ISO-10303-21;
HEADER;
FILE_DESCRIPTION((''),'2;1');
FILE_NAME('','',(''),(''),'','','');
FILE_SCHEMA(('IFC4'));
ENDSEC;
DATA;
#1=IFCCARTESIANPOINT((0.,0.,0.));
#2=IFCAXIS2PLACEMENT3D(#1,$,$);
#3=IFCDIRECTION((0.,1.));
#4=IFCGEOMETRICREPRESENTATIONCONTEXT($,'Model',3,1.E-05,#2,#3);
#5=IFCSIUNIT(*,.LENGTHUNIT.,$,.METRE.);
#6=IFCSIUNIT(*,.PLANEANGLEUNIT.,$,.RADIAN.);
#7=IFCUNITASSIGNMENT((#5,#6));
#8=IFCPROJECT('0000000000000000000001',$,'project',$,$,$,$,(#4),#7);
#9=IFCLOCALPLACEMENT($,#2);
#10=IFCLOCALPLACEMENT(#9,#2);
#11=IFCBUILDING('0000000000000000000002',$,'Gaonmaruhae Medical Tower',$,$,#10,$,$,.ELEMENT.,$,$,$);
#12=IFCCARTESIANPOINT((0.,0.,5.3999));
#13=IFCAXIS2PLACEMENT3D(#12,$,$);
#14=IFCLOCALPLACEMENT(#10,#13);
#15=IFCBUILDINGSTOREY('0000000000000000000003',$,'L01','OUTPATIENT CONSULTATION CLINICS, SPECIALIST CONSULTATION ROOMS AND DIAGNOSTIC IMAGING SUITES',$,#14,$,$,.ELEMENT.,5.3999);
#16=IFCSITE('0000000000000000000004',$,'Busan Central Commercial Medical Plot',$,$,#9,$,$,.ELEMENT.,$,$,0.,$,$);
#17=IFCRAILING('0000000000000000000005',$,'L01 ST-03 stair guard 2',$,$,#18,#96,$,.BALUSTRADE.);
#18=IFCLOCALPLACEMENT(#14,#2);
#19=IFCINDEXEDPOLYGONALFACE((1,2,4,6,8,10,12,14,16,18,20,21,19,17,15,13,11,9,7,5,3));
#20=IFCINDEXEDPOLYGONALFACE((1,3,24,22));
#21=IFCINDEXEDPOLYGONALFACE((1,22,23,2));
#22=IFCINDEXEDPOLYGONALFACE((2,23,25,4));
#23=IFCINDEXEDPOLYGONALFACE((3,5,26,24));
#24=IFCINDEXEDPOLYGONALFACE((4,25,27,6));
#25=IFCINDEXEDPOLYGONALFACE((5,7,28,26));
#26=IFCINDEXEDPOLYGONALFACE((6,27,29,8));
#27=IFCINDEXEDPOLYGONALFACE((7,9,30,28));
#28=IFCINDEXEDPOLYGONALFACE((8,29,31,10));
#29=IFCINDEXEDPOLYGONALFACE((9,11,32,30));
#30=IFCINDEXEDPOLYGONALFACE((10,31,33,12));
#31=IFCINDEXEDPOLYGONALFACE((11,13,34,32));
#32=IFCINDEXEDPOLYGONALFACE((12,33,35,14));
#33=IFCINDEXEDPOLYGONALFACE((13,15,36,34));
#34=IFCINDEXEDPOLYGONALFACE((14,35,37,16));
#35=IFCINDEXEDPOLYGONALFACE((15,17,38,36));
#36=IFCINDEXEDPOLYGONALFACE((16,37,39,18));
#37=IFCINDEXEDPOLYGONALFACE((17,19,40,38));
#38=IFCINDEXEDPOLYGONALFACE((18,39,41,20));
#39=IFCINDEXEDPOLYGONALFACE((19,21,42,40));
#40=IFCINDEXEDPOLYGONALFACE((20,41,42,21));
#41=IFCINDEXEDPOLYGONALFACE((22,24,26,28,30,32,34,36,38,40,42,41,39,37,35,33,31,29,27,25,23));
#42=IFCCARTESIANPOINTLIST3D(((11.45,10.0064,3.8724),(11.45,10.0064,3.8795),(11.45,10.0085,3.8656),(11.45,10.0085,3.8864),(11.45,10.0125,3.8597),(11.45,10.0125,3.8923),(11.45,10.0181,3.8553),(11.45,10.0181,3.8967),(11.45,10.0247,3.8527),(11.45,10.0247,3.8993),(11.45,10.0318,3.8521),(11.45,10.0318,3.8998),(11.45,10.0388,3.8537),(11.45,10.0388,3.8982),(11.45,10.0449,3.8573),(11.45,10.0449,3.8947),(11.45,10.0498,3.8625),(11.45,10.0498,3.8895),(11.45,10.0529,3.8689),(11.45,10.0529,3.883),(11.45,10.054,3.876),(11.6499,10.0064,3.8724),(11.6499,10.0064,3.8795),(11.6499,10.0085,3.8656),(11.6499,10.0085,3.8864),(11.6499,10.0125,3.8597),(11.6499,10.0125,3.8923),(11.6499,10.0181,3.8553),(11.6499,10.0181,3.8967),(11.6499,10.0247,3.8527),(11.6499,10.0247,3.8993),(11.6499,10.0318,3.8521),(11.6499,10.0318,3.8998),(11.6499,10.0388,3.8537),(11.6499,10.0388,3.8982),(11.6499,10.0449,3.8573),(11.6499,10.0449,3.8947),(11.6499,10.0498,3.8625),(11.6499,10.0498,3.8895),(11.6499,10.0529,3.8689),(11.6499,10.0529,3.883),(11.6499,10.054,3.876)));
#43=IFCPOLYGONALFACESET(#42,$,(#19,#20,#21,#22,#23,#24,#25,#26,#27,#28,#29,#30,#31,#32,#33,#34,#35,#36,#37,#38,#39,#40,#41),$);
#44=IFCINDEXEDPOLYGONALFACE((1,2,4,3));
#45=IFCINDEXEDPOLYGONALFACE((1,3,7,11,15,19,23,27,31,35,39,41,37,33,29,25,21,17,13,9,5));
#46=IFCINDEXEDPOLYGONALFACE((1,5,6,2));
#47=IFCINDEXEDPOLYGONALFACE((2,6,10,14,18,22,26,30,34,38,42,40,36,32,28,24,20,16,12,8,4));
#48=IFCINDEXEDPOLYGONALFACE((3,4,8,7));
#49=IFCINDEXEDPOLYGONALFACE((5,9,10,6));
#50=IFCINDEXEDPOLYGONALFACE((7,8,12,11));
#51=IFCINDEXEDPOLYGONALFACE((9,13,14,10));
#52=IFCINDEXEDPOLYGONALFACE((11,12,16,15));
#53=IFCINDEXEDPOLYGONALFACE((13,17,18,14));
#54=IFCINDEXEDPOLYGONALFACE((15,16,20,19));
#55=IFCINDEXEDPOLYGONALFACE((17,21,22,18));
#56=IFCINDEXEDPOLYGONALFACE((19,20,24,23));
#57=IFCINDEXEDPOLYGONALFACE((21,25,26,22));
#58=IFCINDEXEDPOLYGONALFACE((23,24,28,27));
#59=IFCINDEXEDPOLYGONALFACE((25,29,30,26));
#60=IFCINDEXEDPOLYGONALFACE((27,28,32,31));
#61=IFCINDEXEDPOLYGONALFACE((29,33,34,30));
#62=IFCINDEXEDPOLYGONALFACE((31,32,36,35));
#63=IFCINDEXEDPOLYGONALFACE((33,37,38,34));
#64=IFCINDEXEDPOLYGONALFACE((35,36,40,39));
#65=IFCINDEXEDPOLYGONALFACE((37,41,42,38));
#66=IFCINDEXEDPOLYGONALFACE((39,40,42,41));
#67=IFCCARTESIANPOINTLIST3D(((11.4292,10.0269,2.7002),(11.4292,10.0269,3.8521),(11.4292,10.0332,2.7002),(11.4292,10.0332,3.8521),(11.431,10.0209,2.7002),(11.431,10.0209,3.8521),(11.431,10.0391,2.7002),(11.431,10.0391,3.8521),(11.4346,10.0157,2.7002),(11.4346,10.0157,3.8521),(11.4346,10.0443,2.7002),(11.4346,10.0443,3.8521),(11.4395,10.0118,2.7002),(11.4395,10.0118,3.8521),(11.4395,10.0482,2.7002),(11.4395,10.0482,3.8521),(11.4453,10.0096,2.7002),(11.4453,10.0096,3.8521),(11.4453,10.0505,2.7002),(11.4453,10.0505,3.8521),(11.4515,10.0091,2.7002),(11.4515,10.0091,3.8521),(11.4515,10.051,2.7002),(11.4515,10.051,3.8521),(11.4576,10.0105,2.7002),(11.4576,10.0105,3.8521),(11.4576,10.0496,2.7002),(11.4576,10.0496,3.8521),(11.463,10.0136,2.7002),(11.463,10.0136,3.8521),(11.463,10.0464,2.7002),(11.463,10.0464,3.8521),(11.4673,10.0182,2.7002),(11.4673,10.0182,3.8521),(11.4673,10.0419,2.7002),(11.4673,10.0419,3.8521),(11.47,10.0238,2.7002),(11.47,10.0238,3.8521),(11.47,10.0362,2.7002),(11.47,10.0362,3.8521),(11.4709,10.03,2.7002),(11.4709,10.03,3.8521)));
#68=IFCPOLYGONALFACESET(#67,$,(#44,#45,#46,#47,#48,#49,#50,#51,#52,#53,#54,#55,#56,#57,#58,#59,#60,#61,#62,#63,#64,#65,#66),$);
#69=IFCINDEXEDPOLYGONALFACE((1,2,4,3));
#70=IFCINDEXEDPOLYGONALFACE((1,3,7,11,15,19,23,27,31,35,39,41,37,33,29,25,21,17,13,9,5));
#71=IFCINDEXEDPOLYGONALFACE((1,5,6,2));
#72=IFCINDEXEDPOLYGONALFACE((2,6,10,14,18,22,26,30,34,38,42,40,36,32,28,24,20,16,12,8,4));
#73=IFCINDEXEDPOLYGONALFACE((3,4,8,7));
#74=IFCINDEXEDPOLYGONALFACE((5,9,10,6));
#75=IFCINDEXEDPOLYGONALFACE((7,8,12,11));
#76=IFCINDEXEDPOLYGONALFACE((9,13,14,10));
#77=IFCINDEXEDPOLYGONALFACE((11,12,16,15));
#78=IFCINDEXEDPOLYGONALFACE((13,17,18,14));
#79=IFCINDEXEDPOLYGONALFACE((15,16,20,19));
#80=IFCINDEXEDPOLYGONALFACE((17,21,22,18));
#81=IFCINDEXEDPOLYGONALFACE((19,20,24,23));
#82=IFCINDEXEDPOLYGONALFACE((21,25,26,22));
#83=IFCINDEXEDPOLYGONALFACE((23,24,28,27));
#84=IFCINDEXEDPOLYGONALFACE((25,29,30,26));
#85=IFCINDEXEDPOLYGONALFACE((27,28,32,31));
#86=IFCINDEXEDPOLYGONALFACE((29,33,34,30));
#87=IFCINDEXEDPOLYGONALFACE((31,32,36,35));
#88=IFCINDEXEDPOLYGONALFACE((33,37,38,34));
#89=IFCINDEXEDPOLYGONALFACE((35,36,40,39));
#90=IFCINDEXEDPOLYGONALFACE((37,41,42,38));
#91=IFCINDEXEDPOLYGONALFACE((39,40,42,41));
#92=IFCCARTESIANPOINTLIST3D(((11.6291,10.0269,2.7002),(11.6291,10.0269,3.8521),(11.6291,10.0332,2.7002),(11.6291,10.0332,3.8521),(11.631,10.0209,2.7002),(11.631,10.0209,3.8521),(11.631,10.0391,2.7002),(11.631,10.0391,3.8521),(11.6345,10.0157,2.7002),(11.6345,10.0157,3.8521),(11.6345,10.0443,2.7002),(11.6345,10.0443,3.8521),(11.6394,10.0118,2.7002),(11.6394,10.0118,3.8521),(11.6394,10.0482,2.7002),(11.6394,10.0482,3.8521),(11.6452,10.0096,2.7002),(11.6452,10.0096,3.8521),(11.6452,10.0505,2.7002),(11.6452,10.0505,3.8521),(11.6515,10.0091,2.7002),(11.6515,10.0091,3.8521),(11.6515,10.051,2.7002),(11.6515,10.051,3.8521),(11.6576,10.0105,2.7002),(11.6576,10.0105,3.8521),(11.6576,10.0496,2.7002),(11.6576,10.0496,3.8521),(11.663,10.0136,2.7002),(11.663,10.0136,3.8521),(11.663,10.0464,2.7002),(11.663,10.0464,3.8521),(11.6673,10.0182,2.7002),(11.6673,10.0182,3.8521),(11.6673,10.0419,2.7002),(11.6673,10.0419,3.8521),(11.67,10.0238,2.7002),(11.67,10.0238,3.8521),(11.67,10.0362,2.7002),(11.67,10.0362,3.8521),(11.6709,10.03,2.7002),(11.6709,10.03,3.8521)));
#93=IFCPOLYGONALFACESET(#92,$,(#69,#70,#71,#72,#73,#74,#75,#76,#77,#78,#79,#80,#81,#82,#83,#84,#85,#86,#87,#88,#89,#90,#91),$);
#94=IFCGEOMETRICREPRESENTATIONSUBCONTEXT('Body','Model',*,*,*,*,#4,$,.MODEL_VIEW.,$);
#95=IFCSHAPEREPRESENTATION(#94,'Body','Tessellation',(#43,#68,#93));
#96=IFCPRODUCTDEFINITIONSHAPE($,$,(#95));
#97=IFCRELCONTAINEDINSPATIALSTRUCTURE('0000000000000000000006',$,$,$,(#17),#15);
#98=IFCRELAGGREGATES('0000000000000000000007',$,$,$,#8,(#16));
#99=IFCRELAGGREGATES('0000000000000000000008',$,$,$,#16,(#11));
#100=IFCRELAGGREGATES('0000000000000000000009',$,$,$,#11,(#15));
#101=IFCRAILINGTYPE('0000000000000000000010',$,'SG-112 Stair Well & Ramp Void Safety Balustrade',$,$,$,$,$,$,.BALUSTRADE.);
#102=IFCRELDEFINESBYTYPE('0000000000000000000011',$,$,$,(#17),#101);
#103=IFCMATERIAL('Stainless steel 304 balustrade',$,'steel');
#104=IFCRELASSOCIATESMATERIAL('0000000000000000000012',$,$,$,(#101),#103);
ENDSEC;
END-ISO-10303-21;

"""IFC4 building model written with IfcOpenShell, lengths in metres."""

from ifc_helpers import new_model, si_unit, direction, frame, origin, origin_2d, place, context, subcontext, project, spatial, circle, extrude, material, type_object, element, save


model = new_model("IFC4")

# Units and contexts
model_context = context("Model", 3, precision=1e-05, world=origin(), true_north=direction((0.0, 1.0)))
body_context = subcontext(model_context, "Body", "Model", "MODEL_VIEW")
ifc_project = project(units=[si_unit("LENGTHUNIT", "METRE"), si_unit("PLANEANGLEUNIT", "RADIAN")], contexts=[model_context])

# Site, building, storey
site_placement = place(None, origin())
site = spatial("IfcSite", under=ifc_project, at=site_placement, Name="Busan Central Commercial Medical Plot", CompositionType="ELEMENT", RefElevation=0.0)
building_placement = place(site_placement, origin())
building = spatial("IfcBuilding", under=site, at=building_placement, Name="Gaonmaruhae Medical Tower", CompositionType="ELEMENT")
storey_placement = place(building_placement, frame((0.0, 0.0, 5.3999)))
storey = spatial("IfcBuildingStorey", under=building, at=storey_placement, Name="L01", Description="OUTPATIENT CONSULTATION CLINICS, SPECIALIST CONSULTATION ROOMS AND DIAGNOSTIC IMAGING SUITES", CompositionType="ELEMENT", Elevation=5.3999)

# Railing
ifc_material_1 = material(Name="Stainless steel 304 balustrade", Category="steel")
railing_type_1 = type_object("IfcRailingType", Name="SG-112 Stair Well & Ramp Void Safety Balustrade", PredefinedType="BALUSTRADE", material=ifc_material_1)
railing_1_placement = place(storey_placement, frame((11.45, 10.03, 2.7002)))
element("IfcRailing", 1, at=railing_1_placement, inside=storey, type_object=railing_type_1, Name="L01 ST-03 stair guard 2", PredefinedType="BALUSTRADE", context=body_context, shape_type="SweptSolid", body=[
    extrude(circle(Radius=0.0239, at=origin_2d()), frame((0.0, 0.0, 1.1758), z_axis=(1.0, 0.0, 0.0), x_axis=(0.0, 1.0, 0.0)), (0.0, 0.0, 1.0), 0.2),
    extrude(circle(Radius=0.021, at=origin_2d()), origin(), (0.0, 0.0, 1.0), 1.1519),
    extrude(circle(Radius=0.021, at=origin_2d()), frame((0.2, 0.0, 0.0)), (0.0, 0.0, 1.0), 1.1519),
])

save(model, "model.ifc")
